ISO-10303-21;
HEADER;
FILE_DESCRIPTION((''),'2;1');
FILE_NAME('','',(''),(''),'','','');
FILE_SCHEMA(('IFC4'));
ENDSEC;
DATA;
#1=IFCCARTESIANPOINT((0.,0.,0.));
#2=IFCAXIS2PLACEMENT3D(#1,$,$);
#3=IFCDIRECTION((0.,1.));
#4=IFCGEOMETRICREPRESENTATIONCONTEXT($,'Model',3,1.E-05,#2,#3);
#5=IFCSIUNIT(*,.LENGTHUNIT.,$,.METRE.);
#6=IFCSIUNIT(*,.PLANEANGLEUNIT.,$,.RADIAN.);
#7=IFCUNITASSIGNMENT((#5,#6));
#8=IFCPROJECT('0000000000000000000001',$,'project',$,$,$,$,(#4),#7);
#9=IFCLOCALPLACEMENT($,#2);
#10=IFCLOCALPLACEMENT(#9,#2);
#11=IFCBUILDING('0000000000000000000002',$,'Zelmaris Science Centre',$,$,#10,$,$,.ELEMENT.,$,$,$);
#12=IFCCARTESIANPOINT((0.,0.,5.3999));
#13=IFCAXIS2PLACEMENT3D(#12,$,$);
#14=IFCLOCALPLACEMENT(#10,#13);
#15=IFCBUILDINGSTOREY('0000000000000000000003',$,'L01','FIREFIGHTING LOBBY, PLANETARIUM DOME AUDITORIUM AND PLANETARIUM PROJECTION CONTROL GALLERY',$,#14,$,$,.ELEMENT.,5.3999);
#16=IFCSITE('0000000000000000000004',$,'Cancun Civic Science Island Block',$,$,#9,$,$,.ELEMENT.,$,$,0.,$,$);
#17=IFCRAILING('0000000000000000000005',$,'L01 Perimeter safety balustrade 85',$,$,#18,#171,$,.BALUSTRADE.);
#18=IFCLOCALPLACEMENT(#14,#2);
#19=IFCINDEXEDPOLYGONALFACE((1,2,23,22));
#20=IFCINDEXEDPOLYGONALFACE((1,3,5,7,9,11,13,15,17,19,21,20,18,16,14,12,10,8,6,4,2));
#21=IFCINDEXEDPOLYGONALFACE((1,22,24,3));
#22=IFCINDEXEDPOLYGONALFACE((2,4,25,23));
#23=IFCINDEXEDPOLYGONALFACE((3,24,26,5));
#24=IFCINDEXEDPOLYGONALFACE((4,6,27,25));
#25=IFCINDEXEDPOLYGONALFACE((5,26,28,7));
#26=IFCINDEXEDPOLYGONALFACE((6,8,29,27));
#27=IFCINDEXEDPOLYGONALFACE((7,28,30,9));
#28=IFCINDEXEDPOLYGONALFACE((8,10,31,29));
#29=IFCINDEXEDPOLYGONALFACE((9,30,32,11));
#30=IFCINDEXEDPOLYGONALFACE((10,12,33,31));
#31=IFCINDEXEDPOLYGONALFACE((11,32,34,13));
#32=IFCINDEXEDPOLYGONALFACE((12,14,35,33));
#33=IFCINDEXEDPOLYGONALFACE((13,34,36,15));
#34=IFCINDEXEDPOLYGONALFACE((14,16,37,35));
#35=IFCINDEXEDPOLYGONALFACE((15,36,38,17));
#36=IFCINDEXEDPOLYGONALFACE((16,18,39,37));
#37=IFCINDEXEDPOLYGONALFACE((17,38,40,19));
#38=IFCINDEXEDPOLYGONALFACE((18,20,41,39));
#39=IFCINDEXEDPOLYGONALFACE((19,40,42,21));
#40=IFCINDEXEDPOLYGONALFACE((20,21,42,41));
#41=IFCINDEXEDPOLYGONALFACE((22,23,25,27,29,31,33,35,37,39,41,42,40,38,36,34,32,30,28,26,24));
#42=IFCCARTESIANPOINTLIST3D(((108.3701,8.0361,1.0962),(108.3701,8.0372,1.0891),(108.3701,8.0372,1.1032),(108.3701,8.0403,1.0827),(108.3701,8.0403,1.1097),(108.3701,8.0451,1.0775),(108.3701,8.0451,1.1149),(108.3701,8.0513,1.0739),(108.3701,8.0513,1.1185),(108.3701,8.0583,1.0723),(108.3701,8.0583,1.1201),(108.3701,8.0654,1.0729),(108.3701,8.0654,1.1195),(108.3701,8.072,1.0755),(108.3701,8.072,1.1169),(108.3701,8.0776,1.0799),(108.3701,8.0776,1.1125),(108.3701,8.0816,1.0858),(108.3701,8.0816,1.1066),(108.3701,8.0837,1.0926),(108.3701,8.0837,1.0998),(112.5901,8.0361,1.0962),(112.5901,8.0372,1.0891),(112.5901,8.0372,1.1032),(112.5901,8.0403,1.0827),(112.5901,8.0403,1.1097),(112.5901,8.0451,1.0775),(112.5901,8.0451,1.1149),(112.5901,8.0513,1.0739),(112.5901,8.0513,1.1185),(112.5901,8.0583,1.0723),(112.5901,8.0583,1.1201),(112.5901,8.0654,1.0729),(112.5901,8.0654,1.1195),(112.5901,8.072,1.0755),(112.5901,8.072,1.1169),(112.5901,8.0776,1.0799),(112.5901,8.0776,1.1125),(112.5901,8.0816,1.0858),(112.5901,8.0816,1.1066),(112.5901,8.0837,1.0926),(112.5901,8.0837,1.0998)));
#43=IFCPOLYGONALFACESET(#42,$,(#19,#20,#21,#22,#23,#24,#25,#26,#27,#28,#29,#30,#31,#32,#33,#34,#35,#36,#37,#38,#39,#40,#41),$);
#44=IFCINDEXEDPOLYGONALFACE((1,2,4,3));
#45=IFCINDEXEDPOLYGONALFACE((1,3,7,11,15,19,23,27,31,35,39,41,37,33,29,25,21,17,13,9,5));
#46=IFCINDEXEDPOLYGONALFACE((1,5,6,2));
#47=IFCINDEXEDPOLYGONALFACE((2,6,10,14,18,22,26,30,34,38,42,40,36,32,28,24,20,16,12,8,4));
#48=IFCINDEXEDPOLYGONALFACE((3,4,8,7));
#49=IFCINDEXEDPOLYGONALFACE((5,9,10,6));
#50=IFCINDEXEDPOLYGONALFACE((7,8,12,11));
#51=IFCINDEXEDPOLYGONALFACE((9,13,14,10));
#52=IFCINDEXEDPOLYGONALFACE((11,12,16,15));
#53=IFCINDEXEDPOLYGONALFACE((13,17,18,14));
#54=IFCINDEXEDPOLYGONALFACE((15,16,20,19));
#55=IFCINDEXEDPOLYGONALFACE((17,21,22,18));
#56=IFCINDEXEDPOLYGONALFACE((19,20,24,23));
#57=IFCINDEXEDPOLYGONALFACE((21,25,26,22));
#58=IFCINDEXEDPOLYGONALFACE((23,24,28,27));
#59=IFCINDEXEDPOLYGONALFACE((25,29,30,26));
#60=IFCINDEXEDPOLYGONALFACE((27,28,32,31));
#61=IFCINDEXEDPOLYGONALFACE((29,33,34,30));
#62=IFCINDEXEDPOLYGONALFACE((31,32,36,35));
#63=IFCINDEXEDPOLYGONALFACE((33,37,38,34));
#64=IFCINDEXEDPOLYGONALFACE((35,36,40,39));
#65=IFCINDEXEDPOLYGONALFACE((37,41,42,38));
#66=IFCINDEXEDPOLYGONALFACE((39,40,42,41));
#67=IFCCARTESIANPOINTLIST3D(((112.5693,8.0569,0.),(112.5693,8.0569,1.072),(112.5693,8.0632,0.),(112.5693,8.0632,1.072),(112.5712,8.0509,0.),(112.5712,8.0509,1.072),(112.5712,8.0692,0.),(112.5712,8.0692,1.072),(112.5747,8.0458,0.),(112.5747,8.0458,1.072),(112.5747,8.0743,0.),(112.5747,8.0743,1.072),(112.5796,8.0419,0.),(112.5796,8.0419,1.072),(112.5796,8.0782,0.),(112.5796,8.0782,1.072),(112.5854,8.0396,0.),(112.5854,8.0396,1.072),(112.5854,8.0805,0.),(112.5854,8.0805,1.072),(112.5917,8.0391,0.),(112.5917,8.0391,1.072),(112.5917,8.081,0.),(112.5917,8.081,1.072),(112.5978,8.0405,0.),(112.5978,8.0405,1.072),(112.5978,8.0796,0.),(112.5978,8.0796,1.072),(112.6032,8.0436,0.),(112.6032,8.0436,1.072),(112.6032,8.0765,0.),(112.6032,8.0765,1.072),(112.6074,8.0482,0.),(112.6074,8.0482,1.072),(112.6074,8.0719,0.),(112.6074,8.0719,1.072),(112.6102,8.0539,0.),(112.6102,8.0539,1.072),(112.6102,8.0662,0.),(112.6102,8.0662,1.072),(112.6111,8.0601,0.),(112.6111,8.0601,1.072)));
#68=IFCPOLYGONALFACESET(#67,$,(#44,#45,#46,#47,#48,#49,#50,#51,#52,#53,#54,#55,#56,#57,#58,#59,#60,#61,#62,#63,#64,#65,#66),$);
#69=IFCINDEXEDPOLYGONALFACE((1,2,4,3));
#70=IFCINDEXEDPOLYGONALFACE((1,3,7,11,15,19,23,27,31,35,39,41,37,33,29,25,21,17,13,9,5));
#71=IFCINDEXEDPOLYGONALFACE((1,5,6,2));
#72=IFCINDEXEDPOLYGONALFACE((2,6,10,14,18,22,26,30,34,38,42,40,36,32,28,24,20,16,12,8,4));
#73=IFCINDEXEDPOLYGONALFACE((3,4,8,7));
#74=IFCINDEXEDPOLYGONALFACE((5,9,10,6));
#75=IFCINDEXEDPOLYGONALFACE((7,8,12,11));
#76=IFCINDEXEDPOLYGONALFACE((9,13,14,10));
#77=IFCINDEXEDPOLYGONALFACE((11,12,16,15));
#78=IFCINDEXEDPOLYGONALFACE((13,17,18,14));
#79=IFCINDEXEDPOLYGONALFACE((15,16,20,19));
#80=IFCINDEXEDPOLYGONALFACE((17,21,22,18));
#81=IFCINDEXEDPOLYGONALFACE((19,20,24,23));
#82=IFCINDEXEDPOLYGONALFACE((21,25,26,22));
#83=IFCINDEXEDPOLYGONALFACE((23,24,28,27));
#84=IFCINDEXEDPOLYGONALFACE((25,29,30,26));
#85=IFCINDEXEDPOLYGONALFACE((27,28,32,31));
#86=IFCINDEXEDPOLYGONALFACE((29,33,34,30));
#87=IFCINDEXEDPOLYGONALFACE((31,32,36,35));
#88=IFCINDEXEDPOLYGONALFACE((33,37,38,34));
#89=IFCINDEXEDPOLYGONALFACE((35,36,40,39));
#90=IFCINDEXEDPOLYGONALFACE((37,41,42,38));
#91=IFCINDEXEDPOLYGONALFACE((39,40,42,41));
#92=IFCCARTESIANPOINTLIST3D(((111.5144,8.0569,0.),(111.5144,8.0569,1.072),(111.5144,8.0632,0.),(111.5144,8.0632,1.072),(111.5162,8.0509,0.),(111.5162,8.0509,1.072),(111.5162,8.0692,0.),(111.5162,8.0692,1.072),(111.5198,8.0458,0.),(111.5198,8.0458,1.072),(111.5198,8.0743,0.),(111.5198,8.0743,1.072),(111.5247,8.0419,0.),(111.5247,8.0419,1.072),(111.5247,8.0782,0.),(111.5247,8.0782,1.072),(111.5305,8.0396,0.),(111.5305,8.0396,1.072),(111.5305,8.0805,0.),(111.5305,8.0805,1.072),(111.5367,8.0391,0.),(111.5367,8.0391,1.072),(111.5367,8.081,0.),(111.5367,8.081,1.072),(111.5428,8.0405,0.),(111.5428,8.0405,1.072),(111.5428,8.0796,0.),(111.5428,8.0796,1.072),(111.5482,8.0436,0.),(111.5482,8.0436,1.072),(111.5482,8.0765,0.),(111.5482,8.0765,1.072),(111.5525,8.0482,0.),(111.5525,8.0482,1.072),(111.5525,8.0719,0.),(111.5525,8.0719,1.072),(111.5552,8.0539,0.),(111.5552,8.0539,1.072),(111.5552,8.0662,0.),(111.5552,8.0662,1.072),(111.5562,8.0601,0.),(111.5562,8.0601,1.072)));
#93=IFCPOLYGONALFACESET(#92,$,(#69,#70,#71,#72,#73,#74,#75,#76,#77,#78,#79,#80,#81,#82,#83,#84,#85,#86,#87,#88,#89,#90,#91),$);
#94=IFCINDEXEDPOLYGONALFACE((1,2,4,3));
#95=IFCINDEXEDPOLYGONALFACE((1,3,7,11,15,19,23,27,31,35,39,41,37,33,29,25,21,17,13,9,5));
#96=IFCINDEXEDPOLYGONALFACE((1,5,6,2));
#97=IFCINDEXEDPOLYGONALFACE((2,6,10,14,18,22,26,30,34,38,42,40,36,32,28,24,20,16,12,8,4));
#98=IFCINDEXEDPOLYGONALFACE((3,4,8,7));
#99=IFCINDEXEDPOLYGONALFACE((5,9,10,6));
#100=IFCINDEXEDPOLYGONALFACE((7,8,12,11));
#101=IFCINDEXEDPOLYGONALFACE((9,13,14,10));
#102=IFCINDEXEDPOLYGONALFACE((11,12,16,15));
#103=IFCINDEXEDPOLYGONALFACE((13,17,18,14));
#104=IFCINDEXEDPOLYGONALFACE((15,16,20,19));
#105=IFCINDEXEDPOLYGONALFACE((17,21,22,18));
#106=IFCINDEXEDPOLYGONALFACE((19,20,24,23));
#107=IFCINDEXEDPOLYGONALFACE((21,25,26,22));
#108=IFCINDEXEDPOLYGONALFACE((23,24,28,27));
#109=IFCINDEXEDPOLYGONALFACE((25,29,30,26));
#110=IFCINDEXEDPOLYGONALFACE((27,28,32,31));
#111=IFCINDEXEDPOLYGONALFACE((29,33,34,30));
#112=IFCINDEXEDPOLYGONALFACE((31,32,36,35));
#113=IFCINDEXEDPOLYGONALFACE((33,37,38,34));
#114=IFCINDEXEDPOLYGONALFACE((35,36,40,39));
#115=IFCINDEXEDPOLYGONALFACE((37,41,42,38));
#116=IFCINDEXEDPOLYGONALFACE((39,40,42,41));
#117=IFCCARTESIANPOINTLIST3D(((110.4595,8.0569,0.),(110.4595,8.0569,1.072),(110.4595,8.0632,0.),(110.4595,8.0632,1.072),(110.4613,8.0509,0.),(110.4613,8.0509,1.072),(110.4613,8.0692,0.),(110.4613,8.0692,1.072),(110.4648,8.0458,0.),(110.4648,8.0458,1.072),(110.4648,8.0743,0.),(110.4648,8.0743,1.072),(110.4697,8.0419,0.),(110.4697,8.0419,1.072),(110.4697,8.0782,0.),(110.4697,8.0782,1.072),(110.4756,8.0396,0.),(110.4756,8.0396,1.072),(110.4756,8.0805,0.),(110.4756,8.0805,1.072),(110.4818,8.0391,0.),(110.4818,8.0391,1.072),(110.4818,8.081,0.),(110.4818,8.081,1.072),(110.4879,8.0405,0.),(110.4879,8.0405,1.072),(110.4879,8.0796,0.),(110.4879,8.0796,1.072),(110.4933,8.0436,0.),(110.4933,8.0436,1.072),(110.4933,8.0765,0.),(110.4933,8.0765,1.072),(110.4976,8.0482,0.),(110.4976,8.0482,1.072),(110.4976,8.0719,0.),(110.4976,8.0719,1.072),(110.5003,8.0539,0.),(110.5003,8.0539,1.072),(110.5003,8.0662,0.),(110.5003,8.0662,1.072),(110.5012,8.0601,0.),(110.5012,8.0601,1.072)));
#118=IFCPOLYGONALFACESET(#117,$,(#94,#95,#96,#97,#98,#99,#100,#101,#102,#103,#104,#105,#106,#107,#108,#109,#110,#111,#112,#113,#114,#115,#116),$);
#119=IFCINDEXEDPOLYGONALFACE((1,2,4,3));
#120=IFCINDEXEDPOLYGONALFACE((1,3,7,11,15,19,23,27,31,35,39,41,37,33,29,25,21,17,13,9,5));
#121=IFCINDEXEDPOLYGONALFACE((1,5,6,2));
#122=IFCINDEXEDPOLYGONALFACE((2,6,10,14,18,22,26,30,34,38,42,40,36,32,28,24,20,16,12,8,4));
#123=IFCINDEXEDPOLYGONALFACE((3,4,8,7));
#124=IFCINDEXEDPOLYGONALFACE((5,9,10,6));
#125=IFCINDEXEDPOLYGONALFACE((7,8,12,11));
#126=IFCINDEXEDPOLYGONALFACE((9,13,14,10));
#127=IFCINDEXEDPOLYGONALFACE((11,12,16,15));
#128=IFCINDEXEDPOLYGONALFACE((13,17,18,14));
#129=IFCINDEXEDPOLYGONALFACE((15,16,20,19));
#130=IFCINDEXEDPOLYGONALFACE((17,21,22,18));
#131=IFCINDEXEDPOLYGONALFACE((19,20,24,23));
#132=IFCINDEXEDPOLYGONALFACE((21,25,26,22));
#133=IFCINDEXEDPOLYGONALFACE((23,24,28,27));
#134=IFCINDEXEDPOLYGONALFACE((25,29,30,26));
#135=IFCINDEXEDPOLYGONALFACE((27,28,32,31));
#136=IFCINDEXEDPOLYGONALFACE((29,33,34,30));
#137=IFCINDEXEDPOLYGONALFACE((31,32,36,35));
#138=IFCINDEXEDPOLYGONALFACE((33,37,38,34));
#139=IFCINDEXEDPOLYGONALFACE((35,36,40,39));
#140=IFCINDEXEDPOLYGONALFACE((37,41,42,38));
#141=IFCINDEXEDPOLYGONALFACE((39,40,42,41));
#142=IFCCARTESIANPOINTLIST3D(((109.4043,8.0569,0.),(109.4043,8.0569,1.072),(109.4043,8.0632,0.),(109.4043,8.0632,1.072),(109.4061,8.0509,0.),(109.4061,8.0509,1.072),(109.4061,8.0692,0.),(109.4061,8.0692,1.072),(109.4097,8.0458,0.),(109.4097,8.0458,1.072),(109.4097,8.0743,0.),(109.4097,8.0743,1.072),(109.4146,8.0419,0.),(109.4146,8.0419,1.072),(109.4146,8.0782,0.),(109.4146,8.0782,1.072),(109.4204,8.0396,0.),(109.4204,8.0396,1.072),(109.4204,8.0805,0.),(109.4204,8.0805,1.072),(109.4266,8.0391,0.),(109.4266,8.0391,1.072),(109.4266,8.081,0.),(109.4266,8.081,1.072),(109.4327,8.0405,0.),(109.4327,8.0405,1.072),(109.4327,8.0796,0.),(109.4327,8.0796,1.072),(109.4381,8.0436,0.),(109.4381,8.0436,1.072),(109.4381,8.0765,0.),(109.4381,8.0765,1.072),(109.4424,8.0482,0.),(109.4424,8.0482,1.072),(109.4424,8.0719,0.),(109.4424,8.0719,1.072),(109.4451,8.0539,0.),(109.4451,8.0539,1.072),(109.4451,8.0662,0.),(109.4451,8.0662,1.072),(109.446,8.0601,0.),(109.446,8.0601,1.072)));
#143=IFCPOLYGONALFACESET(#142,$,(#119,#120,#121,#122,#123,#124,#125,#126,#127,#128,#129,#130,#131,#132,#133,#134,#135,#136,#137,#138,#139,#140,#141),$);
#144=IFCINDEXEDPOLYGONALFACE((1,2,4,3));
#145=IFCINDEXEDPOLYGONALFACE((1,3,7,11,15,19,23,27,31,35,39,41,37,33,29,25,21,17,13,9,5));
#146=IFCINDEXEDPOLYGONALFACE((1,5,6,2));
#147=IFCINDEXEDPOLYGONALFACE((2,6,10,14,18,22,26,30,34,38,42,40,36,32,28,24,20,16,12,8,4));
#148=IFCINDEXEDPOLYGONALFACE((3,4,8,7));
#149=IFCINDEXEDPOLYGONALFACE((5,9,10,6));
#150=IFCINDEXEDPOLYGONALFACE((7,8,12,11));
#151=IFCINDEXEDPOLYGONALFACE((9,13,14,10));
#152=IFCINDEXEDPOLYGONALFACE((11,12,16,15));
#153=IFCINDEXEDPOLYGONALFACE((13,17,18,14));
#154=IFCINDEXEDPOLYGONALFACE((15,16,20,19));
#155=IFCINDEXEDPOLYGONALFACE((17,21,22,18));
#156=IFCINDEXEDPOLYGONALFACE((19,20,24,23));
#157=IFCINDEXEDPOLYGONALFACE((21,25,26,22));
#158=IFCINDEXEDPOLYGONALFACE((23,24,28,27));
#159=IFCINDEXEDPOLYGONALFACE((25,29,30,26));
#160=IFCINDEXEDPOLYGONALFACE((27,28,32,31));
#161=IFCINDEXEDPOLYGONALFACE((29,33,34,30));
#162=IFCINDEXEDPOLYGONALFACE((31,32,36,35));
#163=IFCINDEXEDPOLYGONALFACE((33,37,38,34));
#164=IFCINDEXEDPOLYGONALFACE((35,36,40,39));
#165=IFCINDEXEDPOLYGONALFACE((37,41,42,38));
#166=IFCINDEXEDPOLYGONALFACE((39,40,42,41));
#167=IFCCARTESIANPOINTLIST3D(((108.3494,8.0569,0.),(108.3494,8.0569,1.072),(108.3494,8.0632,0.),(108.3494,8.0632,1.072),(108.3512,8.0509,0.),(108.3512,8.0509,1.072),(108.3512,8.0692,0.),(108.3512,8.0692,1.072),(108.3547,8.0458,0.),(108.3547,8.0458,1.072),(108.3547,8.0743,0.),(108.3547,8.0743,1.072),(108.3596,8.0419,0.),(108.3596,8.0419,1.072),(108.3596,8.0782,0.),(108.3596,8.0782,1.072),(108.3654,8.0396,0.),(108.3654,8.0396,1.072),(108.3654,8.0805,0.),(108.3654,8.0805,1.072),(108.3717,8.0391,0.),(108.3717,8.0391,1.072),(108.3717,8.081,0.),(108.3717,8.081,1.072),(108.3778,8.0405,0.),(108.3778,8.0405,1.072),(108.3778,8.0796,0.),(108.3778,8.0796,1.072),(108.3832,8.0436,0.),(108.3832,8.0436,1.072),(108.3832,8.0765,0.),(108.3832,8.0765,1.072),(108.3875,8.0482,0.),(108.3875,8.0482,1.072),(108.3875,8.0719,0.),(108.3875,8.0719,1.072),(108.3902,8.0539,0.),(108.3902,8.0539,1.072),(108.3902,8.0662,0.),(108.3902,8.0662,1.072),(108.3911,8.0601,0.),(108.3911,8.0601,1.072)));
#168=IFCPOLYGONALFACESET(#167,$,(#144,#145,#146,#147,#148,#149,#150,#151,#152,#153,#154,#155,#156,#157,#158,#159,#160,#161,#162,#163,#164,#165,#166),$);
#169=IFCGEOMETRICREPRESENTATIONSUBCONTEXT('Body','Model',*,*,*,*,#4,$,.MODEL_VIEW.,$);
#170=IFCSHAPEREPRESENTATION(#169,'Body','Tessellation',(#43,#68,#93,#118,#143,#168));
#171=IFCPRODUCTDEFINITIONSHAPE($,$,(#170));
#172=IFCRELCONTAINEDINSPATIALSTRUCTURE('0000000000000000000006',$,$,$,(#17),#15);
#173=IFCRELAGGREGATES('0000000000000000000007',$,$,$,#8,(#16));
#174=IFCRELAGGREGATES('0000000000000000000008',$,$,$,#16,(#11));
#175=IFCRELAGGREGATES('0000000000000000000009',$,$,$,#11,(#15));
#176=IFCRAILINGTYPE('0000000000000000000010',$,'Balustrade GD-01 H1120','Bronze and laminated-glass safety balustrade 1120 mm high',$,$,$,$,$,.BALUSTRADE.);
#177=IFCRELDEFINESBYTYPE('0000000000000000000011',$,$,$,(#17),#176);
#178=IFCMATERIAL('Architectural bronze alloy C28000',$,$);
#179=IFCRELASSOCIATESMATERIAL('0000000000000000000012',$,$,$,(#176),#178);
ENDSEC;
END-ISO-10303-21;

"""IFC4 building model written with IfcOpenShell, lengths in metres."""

from ifc_helpers import new_model, si_unit, direction, frame, origin, origin_2d, place, context, subcontext, project, spatial, circle, extrude, material, type_object, element, save


model = new_model("IFC4")

# Units and contexts
model_context = context("Model", 3, precision=1e-05, world=origin(), true_north=direction((0.0, 1.0)))
body_context = subcontext(model_context, "Body", "Model", "MODEL_VIEW")
ifc_project = project(units=[si_unit("LENGTHUNIT", "METRE"), si_unit("PLANEANGLEUNIT", "RADIAN")], contexts=[model_context])

# Site, building, storey
site_placement = place(None, origin())
site = spatial("IfcSite", under=ifc_project, at=site_placement, Name="Cancun Civic Science Island Block", CompositionType="ELEMENT", RefElevation=0.0)
building_placement = place(site_placement, origin())
building = spatial("IfcBuilding", under=site, at=building_placement, Name="Zelmaris Science Centre", CompositionType="ELEMENT")
storey_placement = place(building_placement, frame((0.0, 0.0, 5.3999)))
storey = spatial("IfcBuildingStorey", under=building, at=storey_placement, Name="L01", Description="FIREFIGHTING LOBBY, PLANETARIUM DOME AUDITORIUM AND PLANETARIUM PROJECTION CONTROL GALLERY", CompositionType="ELEMENT", Elevation=5.3999)

# Railing
ifc_material_1 = material(Name="Architectural bronze alloy C28000")
railing_type = type_object("IfcRailingType", Name="Balustrade GD-01 H1120", Description="Bronze and laminated-glass safety balustrade 1120 mm high", PredefinedType="BALUSTRADE", material=ifc_material_1)
railing_1_placement = place(storey_placement, frame((112.5901, 8.0601, 0.0)))
element("IfcRailing", 1, at=railing_1_placement, inside=storey, type_object=railing_type, Name="L01 Perimeter safety balustrade 85", PredefinedType="BALUSTRADE", context=body_context, shape_type="SweptSolid", body=[
    extrude(circle(Radius=0.0239, at=origin_2d()), frame((0.0, 0.0, 1.0962), z_axis=(-1.0, 0.0, 0.0), x_axis=(0.0, -1.0, 0.0)), (0.0, 0.0, 1.0), 4.22),
    extrude(circle(Radius=0.021, at=origin_2d()), origin(), (0.0, 0.0, 1.0), 1.072),
    extrude(circle(Radius=0.021, at=origin_2d()), frame((-1.0549, 0.0, 0.0)), (0.0, 0.0, 1.0), 1.072),
    extrude(circle(Radius=0.021, at=origin_2d()), frame((-2.1099, 0.0, 0.0)), (0.0, 0.0, 1.0), 1.072),
    extrude(circle(Radius=0.021, at=origin_2d()), frame((-3.165, 0.0, 0.0)), (0.0, 0.0, 1.0), 1.072),
    extrude(circle(Radius=0.021, at=origin_2d()), frame((-4.22, 0.0, 0.0)), (0.0, 0.0, 1.0), 1.072),
])

save(model, "model.ifc")
